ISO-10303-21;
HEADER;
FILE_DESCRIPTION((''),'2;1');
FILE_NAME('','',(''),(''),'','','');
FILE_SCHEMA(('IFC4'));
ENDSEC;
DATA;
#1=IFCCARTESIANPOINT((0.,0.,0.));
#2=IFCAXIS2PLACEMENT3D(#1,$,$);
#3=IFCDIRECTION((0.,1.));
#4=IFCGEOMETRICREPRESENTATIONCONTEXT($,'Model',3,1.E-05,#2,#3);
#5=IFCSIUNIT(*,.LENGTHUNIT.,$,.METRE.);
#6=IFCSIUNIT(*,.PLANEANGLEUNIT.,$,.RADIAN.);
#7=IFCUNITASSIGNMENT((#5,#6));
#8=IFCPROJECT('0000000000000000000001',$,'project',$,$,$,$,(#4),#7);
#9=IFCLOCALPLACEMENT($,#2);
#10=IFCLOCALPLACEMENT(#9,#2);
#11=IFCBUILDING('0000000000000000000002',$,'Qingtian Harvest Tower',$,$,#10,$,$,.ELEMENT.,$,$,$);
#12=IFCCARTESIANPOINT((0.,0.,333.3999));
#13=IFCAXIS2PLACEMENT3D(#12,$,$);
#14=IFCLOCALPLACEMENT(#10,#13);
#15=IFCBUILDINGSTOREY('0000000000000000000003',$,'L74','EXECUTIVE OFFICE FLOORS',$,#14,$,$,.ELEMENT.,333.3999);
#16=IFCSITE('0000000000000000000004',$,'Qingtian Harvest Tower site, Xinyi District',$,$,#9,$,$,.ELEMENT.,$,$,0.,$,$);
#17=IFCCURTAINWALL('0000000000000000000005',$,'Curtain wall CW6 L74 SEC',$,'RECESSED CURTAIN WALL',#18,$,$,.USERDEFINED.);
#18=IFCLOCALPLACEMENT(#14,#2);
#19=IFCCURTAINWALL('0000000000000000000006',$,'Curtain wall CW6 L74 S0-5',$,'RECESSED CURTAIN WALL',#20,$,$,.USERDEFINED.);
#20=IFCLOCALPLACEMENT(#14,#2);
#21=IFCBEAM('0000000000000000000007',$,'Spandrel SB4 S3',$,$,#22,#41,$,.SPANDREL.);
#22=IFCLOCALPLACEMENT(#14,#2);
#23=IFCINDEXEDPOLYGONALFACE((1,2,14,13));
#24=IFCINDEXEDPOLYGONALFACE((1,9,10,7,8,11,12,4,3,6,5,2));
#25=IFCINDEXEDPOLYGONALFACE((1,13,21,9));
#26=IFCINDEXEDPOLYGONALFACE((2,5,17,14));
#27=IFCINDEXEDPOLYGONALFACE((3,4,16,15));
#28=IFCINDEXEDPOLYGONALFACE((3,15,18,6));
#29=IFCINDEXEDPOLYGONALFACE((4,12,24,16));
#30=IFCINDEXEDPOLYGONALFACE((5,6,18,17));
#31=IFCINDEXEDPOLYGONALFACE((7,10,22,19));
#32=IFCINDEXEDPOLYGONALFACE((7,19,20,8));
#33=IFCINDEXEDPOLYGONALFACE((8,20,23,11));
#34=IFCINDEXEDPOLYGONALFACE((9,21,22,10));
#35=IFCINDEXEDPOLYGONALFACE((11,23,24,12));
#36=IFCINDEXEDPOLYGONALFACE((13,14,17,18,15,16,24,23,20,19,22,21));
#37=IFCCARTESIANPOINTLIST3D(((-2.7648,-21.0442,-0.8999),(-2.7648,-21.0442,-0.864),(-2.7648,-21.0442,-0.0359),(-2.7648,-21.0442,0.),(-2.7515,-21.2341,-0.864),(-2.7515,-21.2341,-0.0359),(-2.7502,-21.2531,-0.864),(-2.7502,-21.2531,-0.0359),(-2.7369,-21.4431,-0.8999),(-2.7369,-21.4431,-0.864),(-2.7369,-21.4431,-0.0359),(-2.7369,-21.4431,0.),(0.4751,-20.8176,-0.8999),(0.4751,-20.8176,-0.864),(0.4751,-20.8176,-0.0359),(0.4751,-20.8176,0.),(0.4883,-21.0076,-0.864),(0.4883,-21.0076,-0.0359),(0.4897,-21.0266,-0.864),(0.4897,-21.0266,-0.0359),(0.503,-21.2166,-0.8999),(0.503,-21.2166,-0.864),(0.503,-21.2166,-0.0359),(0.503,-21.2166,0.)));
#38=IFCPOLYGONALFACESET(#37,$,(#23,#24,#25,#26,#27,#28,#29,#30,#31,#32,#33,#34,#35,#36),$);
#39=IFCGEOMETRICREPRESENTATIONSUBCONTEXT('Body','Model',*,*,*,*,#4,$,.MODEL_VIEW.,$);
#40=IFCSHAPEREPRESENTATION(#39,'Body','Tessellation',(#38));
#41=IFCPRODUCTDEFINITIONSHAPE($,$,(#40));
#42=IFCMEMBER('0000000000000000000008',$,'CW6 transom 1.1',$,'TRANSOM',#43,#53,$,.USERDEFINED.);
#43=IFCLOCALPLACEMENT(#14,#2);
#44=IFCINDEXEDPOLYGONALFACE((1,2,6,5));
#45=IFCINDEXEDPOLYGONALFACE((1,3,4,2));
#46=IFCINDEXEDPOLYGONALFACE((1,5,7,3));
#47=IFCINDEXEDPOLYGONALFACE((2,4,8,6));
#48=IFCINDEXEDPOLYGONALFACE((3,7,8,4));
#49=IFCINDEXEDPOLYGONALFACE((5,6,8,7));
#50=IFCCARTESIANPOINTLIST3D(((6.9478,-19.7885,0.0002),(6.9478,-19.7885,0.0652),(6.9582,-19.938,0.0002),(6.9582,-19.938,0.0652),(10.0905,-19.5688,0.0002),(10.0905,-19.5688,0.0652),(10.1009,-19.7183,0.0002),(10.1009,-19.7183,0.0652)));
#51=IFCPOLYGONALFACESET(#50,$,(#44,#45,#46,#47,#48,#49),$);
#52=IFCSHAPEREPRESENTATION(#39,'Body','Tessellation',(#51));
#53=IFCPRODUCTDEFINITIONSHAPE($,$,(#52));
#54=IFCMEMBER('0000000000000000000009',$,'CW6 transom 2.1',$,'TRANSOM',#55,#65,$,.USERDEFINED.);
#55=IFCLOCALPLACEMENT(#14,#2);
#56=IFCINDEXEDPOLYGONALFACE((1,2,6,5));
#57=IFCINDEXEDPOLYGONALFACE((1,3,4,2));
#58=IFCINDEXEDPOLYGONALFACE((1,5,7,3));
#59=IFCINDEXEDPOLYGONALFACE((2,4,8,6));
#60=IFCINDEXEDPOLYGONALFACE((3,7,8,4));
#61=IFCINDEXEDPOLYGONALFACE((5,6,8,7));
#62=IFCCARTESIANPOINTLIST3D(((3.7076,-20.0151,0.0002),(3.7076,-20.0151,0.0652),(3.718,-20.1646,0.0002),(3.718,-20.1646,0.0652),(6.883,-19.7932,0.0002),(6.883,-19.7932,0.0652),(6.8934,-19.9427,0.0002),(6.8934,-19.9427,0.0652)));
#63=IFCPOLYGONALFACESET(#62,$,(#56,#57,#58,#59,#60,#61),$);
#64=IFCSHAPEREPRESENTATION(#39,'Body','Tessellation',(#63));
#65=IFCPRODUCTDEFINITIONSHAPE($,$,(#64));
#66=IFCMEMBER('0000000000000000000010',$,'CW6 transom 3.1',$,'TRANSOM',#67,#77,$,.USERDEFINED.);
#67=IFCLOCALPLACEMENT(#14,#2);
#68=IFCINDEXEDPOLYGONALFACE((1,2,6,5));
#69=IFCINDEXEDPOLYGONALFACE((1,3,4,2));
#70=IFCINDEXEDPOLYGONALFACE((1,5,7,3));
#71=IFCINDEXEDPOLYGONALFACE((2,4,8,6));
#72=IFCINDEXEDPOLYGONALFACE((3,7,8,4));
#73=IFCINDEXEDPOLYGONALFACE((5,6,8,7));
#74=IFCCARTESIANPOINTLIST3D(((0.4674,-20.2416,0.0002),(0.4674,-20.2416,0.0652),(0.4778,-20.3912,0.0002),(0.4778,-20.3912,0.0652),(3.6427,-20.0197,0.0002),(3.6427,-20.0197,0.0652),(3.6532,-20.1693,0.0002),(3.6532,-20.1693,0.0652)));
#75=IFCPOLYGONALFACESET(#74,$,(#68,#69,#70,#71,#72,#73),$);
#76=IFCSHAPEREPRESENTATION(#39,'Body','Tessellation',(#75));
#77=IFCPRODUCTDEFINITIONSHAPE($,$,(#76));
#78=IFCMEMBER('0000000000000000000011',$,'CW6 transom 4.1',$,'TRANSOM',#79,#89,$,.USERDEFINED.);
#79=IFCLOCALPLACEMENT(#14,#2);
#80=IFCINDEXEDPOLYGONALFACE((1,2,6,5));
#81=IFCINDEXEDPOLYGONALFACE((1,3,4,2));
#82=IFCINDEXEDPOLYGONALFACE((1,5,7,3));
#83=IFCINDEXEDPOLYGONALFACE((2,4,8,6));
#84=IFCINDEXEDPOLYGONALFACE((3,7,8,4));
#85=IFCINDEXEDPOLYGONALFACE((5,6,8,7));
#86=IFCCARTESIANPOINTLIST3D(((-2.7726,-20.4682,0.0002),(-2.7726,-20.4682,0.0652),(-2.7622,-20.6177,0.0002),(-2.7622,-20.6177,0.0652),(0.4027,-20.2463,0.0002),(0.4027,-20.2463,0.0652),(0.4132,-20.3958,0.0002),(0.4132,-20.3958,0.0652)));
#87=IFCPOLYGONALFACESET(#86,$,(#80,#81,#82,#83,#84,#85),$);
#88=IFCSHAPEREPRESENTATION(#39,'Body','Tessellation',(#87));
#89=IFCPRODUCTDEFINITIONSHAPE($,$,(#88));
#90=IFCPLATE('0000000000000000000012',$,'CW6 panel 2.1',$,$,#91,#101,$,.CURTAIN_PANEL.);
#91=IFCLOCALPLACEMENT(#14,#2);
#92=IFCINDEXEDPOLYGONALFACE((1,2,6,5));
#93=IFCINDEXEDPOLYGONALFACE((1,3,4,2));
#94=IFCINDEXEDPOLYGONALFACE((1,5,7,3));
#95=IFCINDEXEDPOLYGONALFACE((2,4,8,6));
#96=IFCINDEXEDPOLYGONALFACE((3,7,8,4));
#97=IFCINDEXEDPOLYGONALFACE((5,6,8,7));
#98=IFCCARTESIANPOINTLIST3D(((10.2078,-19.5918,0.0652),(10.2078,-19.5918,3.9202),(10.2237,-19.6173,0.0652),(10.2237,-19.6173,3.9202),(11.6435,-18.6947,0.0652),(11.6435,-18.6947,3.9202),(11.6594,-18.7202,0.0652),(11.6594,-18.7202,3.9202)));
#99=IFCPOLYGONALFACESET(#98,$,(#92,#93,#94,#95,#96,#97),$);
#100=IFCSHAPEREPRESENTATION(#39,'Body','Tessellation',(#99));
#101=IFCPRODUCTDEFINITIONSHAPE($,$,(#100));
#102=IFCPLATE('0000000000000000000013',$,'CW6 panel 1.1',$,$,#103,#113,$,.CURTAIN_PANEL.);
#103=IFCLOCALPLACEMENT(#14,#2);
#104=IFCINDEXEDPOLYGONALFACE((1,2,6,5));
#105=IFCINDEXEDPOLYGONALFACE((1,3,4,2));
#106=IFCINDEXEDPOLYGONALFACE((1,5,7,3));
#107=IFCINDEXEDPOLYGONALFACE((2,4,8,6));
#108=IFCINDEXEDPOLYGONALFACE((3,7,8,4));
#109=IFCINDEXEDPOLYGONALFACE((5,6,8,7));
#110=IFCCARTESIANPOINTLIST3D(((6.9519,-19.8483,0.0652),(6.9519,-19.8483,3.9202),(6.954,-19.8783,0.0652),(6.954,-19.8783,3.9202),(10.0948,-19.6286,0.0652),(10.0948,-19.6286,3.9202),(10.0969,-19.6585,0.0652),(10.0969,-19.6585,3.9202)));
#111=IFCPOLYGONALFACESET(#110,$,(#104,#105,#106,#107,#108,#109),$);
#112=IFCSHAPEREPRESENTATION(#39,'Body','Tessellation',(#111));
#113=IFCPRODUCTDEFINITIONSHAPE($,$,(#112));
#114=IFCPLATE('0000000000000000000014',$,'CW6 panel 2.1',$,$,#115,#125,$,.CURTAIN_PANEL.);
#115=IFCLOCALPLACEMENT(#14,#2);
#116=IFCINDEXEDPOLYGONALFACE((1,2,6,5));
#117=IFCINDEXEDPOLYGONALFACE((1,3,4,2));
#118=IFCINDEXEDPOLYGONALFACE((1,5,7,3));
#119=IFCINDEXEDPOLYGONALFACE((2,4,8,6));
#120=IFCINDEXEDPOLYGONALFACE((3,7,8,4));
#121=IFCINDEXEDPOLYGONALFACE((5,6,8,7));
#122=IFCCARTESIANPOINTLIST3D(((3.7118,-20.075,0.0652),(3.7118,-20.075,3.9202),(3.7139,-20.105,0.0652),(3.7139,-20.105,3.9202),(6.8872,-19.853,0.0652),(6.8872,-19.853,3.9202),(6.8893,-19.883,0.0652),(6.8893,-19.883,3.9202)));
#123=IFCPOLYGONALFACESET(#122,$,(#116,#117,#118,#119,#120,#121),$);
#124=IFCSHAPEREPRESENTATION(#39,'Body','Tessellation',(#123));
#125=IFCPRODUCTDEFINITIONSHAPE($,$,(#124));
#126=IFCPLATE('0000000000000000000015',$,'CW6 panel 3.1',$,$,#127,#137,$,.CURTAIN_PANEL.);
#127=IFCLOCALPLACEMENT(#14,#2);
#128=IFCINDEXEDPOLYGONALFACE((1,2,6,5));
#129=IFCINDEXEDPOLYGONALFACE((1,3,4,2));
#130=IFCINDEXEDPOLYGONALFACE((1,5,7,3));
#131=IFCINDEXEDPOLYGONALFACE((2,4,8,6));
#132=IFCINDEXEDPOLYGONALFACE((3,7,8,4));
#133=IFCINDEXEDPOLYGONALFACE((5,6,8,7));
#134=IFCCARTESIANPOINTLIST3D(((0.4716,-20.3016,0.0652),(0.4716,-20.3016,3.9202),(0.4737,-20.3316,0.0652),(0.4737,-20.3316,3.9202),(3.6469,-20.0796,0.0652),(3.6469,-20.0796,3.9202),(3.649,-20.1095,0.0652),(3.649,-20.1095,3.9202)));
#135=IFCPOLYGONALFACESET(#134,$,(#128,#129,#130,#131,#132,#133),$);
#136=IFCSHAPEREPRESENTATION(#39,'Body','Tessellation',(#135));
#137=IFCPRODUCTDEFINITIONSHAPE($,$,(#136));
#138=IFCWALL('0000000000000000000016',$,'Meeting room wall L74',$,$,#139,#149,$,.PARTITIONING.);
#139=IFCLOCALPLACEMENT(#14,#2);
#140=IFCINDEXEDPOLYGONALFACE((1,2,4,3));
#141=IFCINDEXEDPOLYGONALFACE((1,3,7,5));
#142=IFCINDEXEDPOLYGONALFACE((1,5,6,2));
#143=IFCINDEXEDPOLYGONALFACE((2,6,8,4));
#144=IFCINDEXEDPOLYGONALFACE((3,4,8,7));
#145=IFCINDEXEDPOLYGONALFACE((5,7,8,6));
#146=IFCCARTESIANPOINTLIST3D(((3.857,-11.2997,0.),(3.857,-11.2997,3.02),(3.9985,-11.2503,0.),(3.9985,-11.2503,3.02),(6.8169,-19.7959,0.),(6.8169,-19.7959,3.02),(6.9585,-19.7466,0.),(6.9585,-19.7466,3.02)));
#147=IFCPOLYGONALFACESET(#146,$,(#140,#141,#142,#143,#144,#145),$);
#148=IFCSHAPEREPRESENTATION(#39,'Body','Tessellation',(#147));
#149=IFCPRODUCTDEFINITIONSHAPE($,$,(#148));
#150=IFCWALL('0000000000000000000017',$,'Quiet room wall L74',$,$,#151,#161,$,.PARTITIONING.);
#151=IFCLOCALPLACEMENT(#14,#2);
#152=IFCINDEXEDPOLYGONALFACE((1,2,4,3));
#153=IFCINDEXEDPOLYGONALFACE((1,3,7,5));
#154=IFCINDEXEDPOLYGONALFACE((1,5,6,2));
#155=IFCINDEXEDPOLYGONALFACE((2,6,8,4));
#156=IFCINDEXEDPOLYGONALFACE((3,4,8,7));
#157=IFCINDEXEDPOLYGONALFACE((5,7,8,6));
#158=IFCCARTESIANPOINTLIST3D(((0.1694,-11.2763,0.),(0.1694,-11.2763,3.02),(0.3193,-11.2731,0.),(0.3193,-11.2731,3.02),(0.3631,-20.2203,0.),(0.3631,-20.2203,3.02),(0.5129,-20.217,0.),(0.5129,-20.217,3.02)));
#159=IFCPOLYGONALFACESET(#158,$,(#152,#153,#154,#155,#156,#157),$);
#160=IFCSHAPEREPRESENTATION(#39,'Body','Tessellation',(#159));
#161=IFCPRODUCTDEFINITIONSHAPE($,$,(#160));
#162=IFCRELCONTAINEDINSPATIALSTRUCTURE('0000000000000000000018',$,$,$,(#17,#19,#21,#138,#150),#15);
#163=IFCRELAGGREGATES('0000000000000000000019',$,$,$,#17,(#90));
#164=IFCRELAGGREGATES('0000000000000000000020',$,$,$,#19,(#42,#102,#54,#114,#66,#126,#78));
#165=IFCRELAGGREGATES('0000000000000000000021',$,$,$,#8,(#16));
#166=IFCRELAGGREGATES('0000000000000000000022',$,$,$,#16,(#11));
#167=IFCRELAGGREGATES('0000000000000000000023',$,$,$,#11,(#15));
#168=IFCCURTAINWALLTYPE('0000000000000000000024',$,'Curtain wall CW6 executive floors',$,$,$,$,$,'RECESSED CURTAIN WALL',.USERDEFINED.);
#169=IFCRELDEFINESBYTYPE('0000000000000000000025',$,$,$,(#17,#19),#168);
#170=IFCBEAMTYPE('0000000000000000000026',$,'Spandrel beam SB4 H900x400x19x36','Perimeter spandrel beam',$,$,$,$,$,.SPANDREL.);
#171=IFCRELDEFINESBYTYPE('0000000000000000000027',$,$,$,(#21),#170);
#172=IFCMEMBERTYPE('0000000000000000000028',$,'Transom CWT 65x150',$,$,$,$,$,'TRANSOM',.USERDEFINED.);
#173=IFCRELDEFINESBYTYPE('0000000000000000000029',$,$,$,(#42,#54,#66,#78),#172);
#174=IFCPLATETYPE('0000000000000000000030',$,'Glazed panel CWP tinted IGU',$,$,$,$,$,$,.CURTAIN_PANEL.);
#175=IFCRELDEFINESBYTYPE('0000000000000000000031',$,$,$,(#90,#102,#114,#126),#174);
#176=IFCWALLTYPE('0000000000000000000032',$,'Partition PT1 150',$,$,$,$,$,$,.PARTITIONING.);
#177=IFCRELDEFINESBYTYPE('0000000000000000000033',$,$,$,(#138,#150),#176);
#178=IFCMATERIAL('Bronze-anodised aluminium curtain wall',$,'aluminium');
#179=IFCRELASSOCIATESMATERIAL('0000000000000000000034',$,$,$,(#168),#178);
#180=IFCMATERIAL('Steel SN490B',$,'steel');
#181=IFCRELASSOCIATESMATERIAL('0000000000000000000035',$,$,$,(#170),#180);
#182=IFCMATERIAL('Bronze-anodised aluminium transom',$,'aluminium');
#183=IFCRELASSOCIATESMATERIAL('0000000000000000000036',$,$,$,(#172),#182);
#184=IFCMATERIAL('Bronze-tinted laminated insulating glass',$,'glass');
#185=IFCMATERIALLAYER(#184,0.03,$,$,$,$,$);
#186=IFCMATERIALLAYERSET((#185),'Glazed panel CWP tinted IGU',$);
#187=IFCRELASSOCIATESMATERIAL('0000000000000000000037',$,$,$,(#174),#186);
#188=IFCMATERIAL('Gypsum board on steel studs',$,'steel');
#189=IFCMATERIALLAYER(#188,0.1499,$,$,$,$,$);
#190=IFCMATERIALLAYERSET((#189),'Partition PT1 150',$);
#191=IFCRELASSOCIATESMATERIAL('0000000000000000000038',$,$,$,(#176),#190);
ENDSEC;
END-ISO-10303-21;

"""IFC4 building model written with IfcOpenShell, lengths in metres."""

from ifc_helpers import new_model, si_unit, direction, frame, frame_2d, origin, origin_2d, place, context, subcontext, project, spatial, rectangle, i_section, extrude, material, layer, layer_set, material_profile, profile_set, type_object, element, aggregate, save


model = new_model("IFC4")

# Units and contexts
model_context = context("Model", 3, precision=1e-05, world=origin(), true_north=direction((0.0, 1.0)))
body_context = subcontext(model_context, "Body", "Model", "MODEL_VIEW")
ifc_project = project(units=[si_unit("LENGTHUNIT", "METRE"), si_unit("PLANEANGLEUNIT", "RADIAN")], contexts=[model_context])

# Site, building, storey
site_placement = place(None, origin())
site = spatial("IfcSite", under=ifc_project, at=site_placement, Name="Qingtian Harvest Tower site, Xinyi District", CompositionType="ELEMENT", RefElevation=0.0)
building_placement = place(site_placement, origin())
building = spatial("IfcBuilding", under=site, at=building_placement, Name="Qingtian Harvest Tower", CompositionType="ELEMENT")
storey_placement = place(building_placement, frame((0.0, 0.0, 333.3999)))
storey = spatial("IfcBuildingStorey", under=building, at=storey_placement, Name="L74", Description="EXECUTIVE OFFICE FLOORS", CompositionType="ELEMENT", Elevation=333.3999)

# Curtain wall
ifc_material_1 = material(Name="Bronze-anodised aluminium curtain wall", Category="aluminium")
curtain_wall_type = type_object("IfcCurtainWallType", Name="Curtain wall CW6 executive floors", ElementType="RECESSED CURTAIN WALL", PredefinedType="USERDEFINED", material=ifc_material_1)
curtain_wall_1_placement = place(storey_placement, origin())
curtain_wall_1 = element("IfcCurtainWall", 1, at=curtain_wall_1_placement, inside=storey, type_object=curtain_wall_type, Name="Curtain wall CW6 L74 SEC", ObjectType="RECESSED CURTAIN WALL", PredefinedType="USERDEFINED")

# Curtain wall
curtain_wall_2_placement = place(storey_placement, origin())
curtain_wall_2 = element("IfcCurtainWall", 2, at=curtain_wall_2_placement, inside=storey, type_object=curtain_wall_type, Name="Curtain wall CW6 L74 S0-5", ObjectType="RECESSED CURTAIN WALL", PredefinedType="USERDEFINED")

# Beam
ifc_material_2 = material(Name="Steel SN490B", Category="steel")
ifc_material_profile_1 = material_profile(ifc_material_2, i_section(OverallWidth=0.3999, OverallDepth=0.8999, WebThickness=0.019, FlangeThickness=0.0359, at=origin_2d()), Name="H900x400x19x36")
ifc_profile_set_1 = profile_set([ifc_material_profile_1], Name="Steel SN490B")
beam_type_1 = type_object("IfcBeamType", Name="Spandrel beam SB4 H900x400x19x36", Description="Perimeter spandrel beam", PredefinedType="SPANDREL", material=ifc_profile_set_1)
beam_1_placement = place(storey_placement, frame((0.489, -21.0171, -0.45), z_axis=(-0.997564, -0.069757, 0.0), x_axis=(0.069757, -0.997564, 0.0)))
element("IfcBeam", 3, at=beam_1_placement, inside=storey, type_object=beam_type_1, Name="Spandrel SB4 S3", PredefinedType="SPANDREL", context=body_context, shape_type="SweptSolid", body=[
    extrude(i_section(OverallWidth=0.3999, OverallDepth=0.8999, WebThickness=0.019, FlangeThickness=0.0359, at=origin_2d()), origin(), (0.0, 0.0, 1.0), 3.2478),
])

# Members
ifc_material_3 = material(Name="Bronze-anodised aluminium transom", Category="aluminium")
ifc_material_profile_2 = material_profile(ifc_material_3, rectangle(XDim=0.1499, YDim=0.0649, at=origin_2d()), Name="AL 65x150")
ifc_profile_set_2 = profile_set([ifc_material_profile_2], Name="Bronze-anodised aluminium transom")
member_type_1 = type_object("IfcMemberType", Name="Transom CWT 65x150", ElementType="TRANSOM", PredefinedType="USERDEFINED", material=ifc_profile_set_2)
member_1_placement = place(storey_placement, frame((10.0957, -19.6436, 0.0327), z_axis=(-0.997565, -0.069744, 0.0), x_axis=(0.069744, -0.997565, 0.0)))
member_1 = element("IfcMember", 4, at=member_1_placement, type_object=member_type_1, Name="CW6 transom 1.1", ObjectType="TRANSOM", PredefinedType="USERDEFINED", context=body_context, shape_type="SweptSolid", body=[
    extrude(rectangle(XDim=0.1499, YDim=0.0649, at=origin_2d()), origin(), (0.0, 0.0, 1.0), 3.1504),
])
member_2_placement = place(storey_placement, frame((6.8882, -19.8679, 0.0327), z_axis=(-0.997567, -0.069721, 0.0), x_axis=(0.069721, -0.997567, 0.0)))
member_2 = element("IfcMember", 5, at=member_2_placement, type_object=member_type_1, Name="CW6 transom 2.1", ObjectType="TRANSOM", PredefinedType="USERDEFINED", context=body_context, shape_type="SweptSolid", body=[
    extrude(rectangle(XDim=0.1499, YDim=0.0649, at=origin_2d()), origin(), (0.0, 0.0, 1.0), 3.1831),
])
member_3_placement = place(storey_placement, frame((3.6479, -20.0945, 0.0327), z_axis=(-0.997567, -0.069721, 0.0), x_axis=(0.069721, -0.997567, 0.0)))
member_3 = element("IfcMember", 6, at=member_3_placement, type_object=member_type_1, Name="CW6 transom 3.1", ObjectType="TRANSOM", PredefinedType="USERDEFINED", context=body_context, shape_type="SweptSolid", body=[
    extrude(rectangle(XDim=0.1499, YDim=0.0649, at=origin_2d()), origin(), (0.0, 0.0, 1.0), 3.1831),
])
member_4_placement = place(storey_placement, frame((0.408, -20.321, 0.0327), z_axis=(-0.997567, -0.069721, 0.0), x_axis=(0.069721, -0.997567, 0.0)))
member_4 = element("IfcMember", 7, at=member_4_placement, type_object=member_type_1, Name="CW6 transom 4.1", ObjectType="TRANSOM", PredefinedType="USERDEFINED", context=body_context, shape_type="SweptSolid", body=[
    extrude(rectangle(XDim=0.1499, YDim=0.0649, at=origin_2d()), origin(), (0.0, 0.0, 1.0), 3.1831),
])

# Plates
ifc_material_4 = material(Name="Bronze-tinted laminated insulating glass", Category="glass")
ifc_layer_1 = layer(ifc_material_4, 0.03)
ifc_layer_set_1 = layer_set([ifc_layer_1], Name="Glazed panel CWP tinted IGU")
plate_type = type_object("IfcPlateType", Name="Glazed panel CWP tinted IGU", PredefinedType="CURTAIN_PANEL", material=ifc_layer_set_1)
plate_1_placement = place(storey_placement, frame((10.9336, -19.156, 0.0652), z_axis=(0.0, 0.0, 1.0), x_axis=(-0.848048, -0.529919, 0.0)))
plate_1 = element("IfcPlate", 8, at=plate_1_placement, type_object=plate_type, Name="CW6 panel 2.1", PredefinedType="CURTAIN_PANEL", context=body_context, shape_type="SweptSolid", body=[
    extrude(rectangle(XDim=1.6929, YDim=0.03, at=origin_2d()), origin(), (0.0, 0.0, 1.0), 3.855),
])
aggregate(curtain_wall_1, [plate_1])
plate_2_placement = place(storey_placement, frame((8.5244, -19.7534, 0.0652), z_axis=(0.0, 0.0, 1.0), x_axis=(-0.997564, -0.069756, 0.0)))
plate_2 = element("IfcPlate", 9, at=plate_2_placement, type_object=plate_type, Name="CW6 panel 1.1", PredefinedType="CURTAIN_PANEL", context=body_context, shape_type="SweptSolid", body=[
    extrude(rectangle(XDim=3.1506, YDim=0.03, at=origin_2d()), origin(), (0.0, 0.0, 1.0), 3.855),
])
plate_3_placement = place(storey_placement, frame((5.3005, -19.979, 0.0652), z_axis=(0.0, 0.0, 1.0), x_axis=(-0.997564, -0.069756, 0.0)))
plate_3 = element("IfcPlate", 10, at=plate_3_placement, type_object=plate_type, Name="CW6 panel 2.1", PredefinedType="CURTAIN_PANEL", context=body_context, shape_type="SweptSolid", body=[
    extrude(rectangle(XDim=3.1831, YDim=0.03, at=origin_2d()), origin(), (0.0, 0.0, 1.0), 3.855),
])
plate_4_placement = place(storey_placement, frame((2.0603, -20.2056, 0.0652), z_axis=(0.0, 0.0, 1.0), x_axis=(-0.997564, -0.069756, 0.0)))
plate_4 = element("IfcPlate", 11, at=plate_4_placement, type_object=plate_type, Name="CW6 panel 3.1", PredefinedType="CURTAIN_PANEL", context=body_context, shape_type="SweptSolid", body=[
    extrude(rectangle(XDim=3.1831, YDim=0.03, at=origin_2d()), origin(), (0.0, 0.0, 1.0), 3.855),
])
aggregate(curtain_wall_2, [member_1, plate_2, member_2, plate_3, member_3, plate_4, member_4])

# Walls
ifc_material_5 = material(Name="Gypsum board on steel studs", Category="steel")
ifc_layer_2 = layer(ifc_material_5, 0.1499)
ifc_layer_set_2 = layer_set([ifc_layer_2], Name="Partition PT1 150")
wall_type = type_object("IfcWallType", Name="Partition PT1 150", PredefinedType="PARTITIONING", material=ifc_layer_set_2)
wall_1_placement = place(storey_placement, frame((6.8877, -19.7712, 0.0), z_axis=(0.0, 0.0, 1.0), x_axis=(-0.328988, 0.944334, 0.0)))
element("IfcWall", 12, at=wall_1_placement, inside=storey, type_object=wall_type, Name="Meeting room wall L74", PredefinedType="PARTITIONING", context=body_context, shape_type="SweptSolid", body=[
    extrude(rectangle(XDim=8.9971, YDim=0.1499, at=frame_2d((4.4985, 0.0))), origin(), (0.0, 0.0, 1.0), 3.02),
])
wall_2_placement = place(storey_placement, frame((0.438, -20.2188, 0.0), z_axis=(0.0, 0.0, 1.0), x_axis=(-0.021641, 0.999766, 0.0)))
element("IfcWall", 13, at=wall_2_placement, inside=storey, type_object=wall_type, Name="Quiet room wall L74", PredefinedType="PARTITIONING", context=body_context, shape_type="SweptSolid", body=[
    extrude(rectangle(XDim=8.946, YDim=0.1499, at=frame_2d((4.4731, 0.0))), origin(), (0.0, 0.0, 1.0), 3.02),
])

save(model, "model.ifc")
